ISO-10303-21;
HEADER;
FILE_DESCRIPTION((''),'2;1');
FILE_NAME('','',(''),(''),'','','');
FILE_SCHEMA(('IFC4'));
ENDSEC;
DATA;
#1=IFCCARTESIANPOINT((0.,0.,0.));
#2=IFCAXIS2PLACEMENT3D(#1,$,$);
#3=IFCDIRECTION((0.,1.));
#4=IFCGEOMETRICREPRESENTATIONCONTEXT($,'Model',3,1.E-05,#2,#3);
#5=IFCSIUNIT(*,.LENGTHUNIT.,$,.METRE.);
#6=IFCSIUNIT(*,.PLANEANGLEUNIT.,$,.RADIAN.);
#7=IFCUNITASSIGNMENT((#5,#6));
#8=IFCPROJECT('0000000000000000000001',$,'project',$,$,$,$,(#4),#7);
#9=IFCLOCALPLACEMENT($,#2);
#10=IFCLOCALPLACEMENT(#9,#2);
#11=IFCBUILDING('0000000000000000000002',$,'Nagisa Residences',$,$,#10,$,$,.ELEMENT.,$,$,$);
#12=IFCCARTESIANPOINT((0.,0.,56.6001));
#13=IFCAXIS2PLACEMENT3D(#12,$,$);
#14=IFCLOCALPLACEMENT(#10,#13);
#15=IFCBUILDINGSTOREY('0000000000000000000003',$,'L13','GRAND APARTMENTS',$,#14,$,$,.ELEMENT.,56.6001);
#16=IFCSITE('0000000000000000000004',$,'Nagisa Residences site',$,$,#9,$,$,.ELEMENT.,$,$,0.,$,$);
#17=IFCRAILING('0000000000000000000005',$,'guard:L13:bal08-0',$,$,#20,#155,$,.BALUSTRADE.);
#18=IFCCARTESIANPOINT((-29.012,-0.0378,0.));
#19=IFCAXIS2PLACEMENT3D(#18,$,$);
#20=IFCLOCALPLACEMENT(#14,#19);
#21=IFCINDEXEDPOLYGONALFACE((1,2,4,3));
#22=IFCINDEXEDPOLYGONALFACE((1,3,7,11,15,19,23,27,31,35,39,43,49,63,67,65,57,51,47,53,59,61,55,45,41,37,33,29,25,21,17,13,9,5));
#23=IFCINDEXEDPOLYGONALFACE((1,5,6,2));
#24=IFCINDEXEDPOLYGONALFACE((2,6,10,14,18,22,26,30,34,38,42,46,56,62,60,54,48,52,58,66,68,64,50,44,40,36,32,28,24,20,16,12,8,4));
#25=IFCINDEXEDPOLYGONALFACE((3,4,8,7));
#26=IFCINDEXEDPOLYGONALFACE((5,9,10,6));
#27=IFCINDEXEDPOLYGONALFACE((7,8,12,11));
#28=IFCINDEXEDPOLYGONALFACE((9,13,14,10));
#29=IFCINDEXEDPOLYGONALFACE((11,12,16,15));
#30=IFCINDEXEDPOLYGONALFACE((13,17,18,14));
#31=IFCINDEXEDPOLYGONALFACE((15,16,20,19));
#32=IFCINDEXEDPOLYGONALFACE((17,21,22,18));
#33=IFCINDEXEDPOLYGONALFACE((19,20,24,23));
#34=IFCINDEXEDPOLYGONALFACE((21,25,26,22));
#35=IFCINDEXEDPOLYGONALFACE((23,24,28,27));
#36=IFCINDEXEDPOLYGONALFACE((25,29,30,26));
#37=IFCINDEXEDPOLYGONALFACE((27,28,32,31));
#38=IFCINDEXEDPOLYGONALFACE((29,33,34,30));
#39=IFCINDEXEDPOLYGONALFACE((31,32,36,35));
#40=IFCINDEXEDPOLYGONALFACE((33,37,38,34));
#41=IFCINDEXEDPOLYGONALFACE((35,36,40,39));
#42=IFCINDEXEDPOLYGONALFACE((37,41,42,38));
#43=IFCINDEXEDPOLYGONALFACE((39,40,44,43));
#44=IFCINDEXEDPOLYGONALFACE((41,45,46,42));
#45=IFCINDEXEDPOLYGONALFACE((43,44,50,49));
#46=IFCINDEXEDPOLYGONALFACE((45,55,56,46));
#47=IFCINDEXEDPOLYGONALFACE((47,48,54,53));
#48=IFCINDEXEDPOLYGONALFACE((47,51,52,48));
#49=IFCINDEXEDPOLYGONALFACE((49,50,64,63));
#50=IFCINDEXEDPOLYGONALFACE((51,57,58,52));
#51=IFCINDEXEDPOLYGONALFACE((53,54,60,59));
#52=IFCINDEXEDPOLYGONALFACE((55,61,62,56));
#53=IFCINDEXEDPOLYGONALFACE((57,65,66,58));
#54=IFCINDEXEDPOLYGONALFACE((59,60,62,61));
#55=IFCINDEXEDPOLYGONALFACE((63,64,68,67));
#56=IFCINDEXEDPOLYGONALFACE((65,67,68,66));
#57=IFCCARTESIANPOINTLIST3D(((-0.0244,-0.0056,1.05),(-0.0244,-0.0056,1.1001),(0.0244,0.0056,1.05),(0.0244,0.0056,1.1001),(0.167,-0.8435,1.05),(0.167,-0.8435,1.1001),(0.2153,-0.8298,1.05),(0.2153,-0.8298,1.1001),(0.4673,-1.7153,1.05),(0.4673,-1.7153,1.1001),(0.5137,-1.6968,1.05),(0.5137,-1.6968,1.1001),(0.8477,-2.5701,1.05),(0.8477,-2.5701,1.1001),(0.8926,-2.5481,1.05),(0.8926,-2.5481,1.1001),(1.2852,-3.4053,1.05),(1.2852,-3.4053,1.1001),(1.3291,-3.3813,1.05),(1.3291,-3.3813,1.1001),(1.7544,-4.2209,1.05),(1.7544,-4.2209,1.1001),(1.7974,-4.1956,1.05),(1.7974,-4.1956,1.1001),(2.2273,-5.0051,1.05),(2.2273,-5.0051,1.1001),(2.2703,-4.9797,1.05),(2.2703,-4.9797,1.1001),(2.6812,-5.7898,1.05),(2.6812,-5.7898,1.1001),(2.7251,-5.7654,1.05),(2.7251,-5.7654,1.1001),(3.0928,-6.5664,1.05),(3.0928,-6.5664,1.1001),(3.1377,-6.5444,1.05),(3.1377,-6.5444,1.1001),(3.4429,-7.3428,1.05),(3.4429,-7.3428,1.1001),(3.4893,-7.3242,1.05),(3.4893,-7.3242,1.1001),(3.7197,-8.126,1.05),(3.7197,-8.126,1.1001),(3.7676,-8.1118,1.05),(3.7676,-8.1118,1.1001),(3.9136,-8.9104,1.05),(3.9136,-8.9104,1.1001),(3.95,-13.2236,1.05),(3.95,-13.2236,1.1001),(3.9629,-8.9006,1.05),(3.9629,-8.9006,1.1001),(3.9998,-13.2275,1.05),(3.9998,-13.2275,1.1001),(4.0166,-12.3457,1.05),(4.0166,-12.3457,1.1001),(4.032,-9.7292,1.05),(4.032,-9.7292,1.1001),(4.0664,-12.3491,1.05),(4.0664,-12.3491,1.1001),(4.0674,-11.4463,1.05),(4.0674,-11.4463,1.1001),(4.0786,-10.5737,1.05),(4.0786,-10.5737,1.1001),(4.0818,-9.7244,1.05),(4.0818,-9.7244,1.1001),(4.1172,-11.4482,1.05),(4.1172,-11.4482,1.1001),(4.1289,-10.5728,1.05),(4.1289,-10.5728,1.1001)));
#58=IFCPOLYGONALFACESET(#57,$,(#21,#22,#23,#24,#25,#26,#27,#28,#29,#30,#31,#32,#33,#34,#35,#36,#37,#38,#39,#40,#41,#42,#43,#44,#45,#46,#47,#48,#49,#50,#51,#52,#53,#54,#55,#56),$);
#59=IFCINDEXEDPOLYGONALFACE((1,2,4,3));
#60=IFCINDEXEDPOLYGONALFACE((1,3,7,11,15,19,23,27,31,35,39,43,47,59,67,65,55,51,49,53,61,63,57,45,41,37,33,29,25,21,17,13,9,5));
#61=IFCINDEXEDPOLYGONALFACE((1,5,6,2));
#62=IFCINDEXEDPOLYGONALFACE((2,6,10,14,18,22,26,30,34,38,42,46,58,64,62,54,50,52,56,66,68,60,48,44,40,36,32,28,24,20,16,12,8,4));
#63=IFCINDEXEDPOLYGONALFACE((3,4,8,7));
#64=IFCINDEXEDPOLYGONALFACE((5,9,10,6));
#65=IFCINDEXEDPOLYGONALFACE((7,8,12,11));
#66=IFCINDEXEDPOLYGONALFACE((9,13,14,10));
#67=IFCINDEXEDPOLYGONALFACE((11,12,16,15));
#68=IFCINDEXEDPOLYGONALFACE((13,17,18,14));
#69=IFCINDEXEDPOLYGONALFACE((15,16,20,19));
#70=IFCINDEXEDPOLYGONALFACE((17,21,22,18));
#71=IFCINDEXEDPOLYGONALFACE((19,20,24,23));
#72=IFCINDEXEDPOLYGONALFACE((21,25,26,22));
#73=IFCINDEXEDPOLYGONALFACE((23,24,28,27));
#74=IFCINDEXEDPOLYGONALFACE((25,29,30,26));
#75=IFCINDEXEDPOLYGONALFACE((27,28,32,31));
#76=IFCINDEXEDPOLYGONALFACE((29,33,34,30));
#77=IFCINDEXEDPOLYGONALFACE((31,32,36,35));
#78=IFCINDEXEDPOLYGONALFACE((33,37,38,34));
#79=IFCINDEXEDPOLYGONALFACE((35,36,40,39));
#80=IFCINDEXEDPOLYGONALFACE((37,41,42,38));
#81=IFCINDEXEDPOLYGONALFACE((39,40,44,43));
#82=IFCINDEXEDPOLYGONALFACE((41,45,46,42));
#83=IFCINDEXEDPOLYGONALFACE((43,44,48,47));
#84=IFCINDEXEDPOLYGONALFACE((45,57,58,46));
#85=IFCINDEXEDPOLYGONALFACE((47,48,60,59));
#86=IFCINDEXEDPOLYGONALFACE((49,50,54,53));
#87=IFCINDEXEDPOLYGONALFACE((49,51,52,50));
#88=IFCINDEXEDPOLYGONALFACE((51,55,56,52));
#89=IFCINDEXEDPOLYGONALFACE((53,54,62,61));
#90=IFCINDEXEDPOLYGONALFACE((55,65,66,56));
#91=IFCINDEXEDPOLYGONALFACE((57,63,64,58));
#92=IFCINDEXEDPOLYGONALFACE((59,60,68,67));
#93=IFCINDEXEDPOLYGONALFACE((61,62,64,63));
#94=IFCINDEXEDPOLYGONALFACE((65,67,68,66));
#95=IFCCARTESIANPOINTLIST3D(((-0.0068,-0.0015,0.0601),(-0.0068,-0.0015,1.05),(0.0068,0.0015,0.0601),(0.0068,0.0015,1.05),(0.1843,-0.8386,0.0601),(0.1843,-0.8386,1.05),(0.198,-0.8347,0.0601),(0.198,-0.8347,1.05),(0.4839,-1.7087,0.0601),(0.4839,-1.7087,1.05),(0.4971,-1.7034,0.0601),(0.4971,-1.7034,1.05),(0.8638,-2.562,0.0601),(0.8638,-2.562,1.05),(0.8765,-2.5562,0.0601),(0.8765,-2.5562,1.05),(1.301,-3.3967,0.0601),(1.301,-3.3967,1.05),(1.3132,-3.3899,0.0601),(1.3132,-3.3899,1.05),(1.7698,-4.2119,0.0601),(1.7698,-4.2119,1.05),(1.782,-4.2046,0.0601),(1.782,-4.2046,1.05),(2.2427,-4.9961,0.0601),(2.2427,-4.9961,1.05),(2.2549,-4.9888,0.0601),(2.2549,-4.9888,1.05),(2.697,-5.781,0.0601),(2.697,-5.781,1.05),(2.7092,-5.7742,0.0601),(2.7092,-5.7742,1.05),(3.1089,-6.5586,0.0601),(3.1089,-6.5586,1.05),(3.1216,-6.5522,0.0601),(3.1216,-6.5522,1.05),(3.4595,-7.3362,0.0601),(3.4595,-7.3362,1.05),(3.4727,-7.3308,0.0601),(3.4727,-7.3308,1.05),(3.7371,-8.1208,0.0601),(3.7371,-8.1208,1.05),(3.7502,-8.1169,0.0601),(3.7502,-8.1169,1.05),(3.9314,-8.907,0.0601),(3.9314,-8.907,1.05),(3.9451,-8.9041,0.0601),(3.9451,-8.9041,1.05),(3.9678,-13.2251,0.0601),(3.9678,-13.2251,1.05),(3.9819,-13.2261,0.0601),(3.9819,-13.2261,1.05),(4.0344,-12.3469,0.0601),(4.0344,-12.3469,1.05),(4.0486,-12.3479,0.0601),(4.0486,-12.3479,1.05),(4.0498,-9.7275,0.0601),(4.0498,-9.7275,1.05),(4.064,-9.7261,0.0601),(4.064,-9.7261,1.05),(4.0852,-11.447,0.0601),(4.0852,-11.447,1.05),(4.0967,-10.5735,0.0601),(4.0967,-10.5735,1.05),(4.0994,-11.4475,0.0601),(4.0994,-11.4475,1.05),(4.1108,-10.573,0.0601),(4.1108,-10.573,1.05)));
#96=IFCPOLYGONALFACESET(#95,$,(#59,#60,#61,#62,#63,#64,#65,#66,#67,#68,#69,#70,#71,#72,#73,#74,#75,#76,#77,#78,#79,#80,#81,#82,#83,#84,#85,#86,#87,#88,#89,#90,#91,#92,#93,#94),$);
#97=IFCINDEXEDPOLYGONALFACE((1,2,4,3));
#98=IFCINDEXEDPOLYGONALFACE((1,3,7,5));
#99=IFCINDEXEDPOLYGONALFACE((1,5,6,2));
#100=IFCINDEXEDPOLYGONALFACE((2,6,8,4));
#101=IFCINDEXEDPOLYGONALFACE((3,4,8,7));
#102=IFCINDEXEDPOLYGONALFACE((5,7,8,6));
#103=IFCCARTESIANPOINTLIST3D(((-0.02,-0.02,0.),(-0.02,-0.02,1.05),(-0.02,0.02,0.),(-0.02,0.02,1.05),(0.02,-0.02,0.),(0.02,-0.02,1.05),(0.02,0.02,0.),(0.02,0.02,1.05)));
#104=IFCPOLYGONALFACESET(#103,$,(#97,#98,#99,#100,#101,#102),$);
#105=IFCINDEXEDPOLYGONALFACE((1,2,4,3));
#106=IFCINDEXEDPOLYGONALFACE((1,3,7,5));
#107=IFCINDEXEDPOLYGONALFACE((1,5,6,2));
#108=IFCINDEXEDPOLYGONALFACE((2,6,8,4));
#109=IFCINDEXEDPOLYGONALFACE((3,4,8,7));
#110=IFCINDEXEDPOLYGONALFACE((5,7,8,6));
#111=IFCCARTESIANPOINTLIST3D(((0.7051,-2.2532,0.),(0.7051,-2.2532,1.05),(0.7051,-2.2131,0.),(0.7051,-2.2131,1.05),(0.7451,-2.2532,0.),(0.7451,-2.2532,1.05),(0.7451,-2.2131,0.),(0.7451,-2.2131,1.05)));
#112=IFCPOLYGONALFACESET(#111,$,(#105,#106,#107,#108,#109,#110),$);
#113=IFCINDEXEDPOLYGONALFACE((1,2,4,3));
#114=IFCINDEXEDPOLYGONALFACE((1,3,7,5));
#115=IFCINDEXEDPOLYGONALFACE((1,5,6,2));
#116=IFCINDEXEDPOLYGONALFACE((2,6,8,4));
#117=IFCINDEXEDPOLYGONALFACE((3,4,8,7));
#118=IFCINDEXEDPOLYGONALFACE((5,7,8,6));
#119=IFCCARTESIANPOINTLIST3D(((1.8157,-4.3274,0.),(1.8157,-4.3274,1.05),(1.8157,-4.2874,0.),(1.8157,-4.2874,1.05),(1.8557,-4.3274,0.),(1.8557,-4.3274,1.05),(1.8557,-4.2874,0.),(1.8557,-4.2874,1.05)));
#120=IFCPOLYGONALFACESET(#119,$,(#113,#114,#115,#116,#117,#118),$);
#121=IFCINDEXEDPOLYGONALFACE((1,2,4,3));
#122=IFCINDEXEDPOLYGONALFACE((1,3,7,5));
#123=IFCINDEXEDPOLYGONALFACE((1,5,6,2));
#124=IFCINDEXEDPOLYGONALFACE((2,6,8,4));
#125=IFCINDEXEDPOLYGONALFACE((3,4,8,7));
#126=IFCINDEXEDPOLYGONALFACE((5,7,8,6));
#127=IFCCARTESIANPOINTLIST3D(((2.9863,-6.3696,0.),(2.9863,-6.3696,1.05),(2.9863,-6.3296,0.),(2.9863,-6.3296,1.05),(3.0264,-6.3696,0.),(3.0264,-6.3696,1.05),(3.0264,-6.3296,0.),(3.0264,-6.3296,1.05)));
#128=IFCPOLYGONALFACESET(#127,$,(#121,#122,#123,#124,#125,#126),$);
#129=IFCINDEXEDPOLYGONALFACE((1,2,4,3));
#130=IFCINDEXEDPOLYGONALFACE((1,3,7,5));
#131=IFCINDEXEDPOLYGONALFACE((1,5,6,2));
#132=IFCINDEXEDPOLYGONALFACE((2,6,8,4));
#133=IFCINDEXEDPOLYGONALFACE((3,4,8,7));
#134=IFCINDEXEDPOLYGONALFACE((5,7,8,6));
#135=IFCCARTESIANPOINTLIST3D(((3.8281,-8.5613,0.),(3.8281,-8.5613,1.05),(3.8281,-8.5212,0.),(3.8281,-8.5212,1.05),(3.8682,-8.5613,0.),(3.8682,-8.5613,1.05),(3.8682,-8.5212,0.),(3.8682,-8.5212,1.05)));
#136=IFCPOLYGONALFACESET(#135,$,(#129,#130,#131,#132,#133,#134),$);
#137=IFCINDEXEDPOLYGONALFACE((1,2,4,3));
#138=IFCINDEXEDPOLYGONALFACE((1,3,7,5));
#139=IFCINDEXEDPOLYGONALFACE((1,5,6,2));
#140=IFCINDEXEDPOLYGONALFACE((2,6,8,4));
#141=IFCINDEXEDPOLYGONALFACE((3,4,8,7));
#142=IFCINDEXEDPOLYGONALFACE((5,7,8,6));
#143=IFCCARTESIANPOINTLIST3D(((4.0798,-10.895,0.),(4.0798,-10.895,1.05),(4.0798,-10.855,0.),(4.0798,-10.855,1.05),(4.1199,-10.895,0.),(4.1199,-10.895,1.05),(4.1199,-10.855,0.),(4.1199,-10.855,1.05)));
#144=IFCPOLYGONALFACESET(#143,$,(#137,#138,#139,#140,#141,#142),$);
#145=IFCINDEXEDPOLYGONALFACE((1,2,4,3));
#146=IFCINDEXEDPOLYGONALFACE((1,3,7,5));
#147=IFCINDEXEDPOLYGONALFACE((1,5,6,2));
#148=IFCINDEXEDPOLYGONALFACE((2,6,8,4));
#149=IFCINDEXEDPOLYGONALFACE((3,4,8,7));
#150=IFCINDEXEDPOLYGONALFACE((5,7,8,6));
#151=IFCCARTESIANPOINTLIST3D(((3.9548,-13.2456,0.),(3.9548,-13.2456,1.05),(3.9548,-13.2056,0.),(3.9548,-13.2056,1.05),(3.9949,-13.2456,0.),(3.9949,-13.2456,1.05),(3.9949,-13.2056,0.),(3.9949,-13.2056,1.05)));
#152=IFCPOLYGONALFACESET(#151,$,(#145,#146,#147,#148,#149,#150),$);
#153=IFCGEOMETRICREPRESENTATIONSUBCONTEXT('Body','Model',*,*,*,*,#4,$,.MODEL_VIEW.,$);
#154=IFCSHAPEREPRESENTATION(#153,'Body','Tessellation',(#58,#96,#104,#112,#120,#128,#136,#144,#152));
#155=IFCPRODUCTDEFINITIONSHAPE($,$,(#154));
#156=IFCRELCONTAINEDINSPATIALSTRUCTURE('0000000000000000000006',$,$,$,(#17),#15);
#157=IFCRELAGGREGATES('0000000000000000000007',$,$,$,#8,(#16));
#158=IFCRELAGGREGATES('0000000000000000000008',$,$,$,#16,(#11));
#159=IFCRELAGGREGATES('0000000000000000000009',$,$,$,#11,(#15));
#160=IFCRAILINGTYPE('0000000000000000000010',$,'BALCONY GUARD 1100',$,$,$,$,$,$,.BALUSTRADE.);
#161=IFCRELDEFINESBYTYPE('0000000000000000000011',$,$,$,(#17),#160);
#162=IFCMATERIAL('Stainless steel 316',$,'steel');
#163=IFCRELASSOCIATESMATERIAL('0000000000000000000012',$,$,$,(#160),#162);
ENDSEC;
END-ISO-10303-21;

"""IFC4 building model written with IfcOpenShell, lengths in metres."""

from ifc_helpers import new_model, si_unit, direction, frame, origin, origin_2d, place, context, subcontext, project, spatial, polyline, rectangle, outline, extrude, material, type_object, element, save


model = new_model("IFC4")

# Units and contexts
model_context = context("Model", 3, precision=1e-05, world=origin(), true_north=direction((0.0, 1.0)))
body_context = subcontext(model_context, "Body", "Model", "MODEL_VIEW")
ifc_project = project(units=[si_unit("LENGTHUNIT", "METRE"), si_unit("PLANEANGLEUNIT", "RADIAN")], contexts=[model_context])

# Site, building, storey
site_placement = place(None, origin())
site = spatial("IfcSite", under=ifc_project, at=site_placement, Name="Nagisa Residences site", CompositionType="ELEMENT", RefElevation=0.0)
building_placement = place(site_placement, origin())
building = spatial("IfcBuilding", under=site, at=building_placement, Name="Nagisa Residences", CompositionType="ELEMENT")
storey_placement = place(building_placement, frame((0.0, 0.0, 56.6001)))
storey = spatial("IfcBuildingStorey", under=building, at=storey_placement, Name="L13", Description="GRAND APARTMENTS", CompositionType="ELEMENT", Elevation=56.6001)

# Railing
ifc_material_1 = material(Name="Stainless steel 316", Category="steel")
railing_type = type_object("IfcRailingType", Name="BALCONY GUARD 1100", PredefinedType="BALUSTRADE", material=ifc_material_1)
railing_placement = place(storey_placement, frame((-29.012, -0.0378, 0.0)))
element("IfcRailing", 1, at=railing_placement, inside=storey, type_object=railing_type, Name="guard:L13:bal08-0", PredefinedType="BALUSTRADE", context=body_context, shape_type="SweptSolid", body=[
    extrude(outline(polyline([(0.2153, -0.8298), (0.0244, 0.0056), (-0.0244, -0.0056), (0.167, -0.8435), (0.4673, -1.7153), (0.8477, -2.5701), (1.2852, -3.4053), (1.7544, -4.2209), (2.2273, -5.0051), (2.6812, -5.7898), (3.0928, -6.5664), (3.4429, -7.3428), (3.7197, -8.126), (3.9136, -8.9104), (4.032, -9.7292), (4.0786, -10.5737), (4.0674, -11.4463), (4.0166, -12.3457), (3.95, -13.2236), (3.9998, -13.2275), (4.0664, -12.3491), (4.1172, -11.4482), (4.1289, -10.5728), (4.0818, -9.7244), (3.9629, -8.9006), (3.7676, -8.1118), (3.4893, -7.3242), (3.1377, -6.5444), (2.7251, -5.7654), (2.2703, -4.9797), (1.7974, -4.1956), (1.3291, -3.3813), (0.8926, -2.5481), (0.5137, -1.6968), (0.2153, -0.8298)])), frame((0.0, 0.0, 1.05)), (0.0, 0.0, 1.0), 0.05),
    extrude(outline(polyline([(0.198, -0.8347), (0.0068, 0.0015), (-0.0068, -0.0015), (0.1843, -0.8386), (0.4839, -1.7087), (0.8638, -2.562), (1.301, -3.3967), (1.7698, -4.2119), (2.2427, -4.9961), (2.697, -5.781), (3.1089, -6.5586), (3.4595, -7.3362), (3.7371, -8.1208), (3.9314, -8.907), (4.0498, -9.7275), (4.0967, -10.5735), (4.0852, -11.447), (4.0344, -12.3469), (3.9678, -13.2251), (3.9819, -13.2261), (4.0486, -12.3479), (4.0994, -11.4475), (4.1108, -10.573), (4.064, -9.7261), (3.9451, -8.9041), (3.7502, -8.1169), (3.4727, -7.3308), (3.1216, -6.5522), (2.7092, -5.7742), (2.2549, -4.9888), (1.782, -4.2046), (1.3132, -3.3899), (0.8765, -2.5562), (0.4971, -1.7034), (0.198, -0.8347)])), frame((0.0, 0.0, 0.0601)), (0.0, 0.0, 1.0), 0.99),
    extrude(rectangle(XDim=0.04, YDim=0.04, at=origin_2d()), origin(), (0.0, 0.0, 1.0), 1.05),
    extrude(rectangle(XDim=0.04, YDim=0.04, at=origin_2d()), frame((0.7251, -2.2332, 0.0)), (0.0, 0.0, 1.0), 1.05),
    extrude(rectangle(XDim=0.04, YDim=0.04, at=origin_2d()), frame((1.8357, -4.3074, 0.0)), (0.0, 0.0, 1.0), 1.05),
    extrude(rectangle(XDim=0.04, YDim=0.04, at=origin_2d()), frame((3.0063, -6.3496, 0.0)), (0.0, 0.0, 1.0), 1.05),
    extrude(rectangle(XDim=0.04, YDim=0.04, at=origin_2d()), frame((3.8481, -8.5413, 0.0)), (0.0, 0.0, 1.0), 1.05),
    extrude(rectangle(XDim=0.04, YDim=0.04, at=origin_2d()), frame((4.0999, -10.875, 0.0)), (0.0, 0.0, 1.0), 1.05),
    extrude(rectangle(XDim=0.04, YDim=0.04, at=origin_2d()), frame((3.9749, -13.2256, 0.0)), (0.0, 0.0, 1.0), 1.05),
])

save(model, "model.ifc")
